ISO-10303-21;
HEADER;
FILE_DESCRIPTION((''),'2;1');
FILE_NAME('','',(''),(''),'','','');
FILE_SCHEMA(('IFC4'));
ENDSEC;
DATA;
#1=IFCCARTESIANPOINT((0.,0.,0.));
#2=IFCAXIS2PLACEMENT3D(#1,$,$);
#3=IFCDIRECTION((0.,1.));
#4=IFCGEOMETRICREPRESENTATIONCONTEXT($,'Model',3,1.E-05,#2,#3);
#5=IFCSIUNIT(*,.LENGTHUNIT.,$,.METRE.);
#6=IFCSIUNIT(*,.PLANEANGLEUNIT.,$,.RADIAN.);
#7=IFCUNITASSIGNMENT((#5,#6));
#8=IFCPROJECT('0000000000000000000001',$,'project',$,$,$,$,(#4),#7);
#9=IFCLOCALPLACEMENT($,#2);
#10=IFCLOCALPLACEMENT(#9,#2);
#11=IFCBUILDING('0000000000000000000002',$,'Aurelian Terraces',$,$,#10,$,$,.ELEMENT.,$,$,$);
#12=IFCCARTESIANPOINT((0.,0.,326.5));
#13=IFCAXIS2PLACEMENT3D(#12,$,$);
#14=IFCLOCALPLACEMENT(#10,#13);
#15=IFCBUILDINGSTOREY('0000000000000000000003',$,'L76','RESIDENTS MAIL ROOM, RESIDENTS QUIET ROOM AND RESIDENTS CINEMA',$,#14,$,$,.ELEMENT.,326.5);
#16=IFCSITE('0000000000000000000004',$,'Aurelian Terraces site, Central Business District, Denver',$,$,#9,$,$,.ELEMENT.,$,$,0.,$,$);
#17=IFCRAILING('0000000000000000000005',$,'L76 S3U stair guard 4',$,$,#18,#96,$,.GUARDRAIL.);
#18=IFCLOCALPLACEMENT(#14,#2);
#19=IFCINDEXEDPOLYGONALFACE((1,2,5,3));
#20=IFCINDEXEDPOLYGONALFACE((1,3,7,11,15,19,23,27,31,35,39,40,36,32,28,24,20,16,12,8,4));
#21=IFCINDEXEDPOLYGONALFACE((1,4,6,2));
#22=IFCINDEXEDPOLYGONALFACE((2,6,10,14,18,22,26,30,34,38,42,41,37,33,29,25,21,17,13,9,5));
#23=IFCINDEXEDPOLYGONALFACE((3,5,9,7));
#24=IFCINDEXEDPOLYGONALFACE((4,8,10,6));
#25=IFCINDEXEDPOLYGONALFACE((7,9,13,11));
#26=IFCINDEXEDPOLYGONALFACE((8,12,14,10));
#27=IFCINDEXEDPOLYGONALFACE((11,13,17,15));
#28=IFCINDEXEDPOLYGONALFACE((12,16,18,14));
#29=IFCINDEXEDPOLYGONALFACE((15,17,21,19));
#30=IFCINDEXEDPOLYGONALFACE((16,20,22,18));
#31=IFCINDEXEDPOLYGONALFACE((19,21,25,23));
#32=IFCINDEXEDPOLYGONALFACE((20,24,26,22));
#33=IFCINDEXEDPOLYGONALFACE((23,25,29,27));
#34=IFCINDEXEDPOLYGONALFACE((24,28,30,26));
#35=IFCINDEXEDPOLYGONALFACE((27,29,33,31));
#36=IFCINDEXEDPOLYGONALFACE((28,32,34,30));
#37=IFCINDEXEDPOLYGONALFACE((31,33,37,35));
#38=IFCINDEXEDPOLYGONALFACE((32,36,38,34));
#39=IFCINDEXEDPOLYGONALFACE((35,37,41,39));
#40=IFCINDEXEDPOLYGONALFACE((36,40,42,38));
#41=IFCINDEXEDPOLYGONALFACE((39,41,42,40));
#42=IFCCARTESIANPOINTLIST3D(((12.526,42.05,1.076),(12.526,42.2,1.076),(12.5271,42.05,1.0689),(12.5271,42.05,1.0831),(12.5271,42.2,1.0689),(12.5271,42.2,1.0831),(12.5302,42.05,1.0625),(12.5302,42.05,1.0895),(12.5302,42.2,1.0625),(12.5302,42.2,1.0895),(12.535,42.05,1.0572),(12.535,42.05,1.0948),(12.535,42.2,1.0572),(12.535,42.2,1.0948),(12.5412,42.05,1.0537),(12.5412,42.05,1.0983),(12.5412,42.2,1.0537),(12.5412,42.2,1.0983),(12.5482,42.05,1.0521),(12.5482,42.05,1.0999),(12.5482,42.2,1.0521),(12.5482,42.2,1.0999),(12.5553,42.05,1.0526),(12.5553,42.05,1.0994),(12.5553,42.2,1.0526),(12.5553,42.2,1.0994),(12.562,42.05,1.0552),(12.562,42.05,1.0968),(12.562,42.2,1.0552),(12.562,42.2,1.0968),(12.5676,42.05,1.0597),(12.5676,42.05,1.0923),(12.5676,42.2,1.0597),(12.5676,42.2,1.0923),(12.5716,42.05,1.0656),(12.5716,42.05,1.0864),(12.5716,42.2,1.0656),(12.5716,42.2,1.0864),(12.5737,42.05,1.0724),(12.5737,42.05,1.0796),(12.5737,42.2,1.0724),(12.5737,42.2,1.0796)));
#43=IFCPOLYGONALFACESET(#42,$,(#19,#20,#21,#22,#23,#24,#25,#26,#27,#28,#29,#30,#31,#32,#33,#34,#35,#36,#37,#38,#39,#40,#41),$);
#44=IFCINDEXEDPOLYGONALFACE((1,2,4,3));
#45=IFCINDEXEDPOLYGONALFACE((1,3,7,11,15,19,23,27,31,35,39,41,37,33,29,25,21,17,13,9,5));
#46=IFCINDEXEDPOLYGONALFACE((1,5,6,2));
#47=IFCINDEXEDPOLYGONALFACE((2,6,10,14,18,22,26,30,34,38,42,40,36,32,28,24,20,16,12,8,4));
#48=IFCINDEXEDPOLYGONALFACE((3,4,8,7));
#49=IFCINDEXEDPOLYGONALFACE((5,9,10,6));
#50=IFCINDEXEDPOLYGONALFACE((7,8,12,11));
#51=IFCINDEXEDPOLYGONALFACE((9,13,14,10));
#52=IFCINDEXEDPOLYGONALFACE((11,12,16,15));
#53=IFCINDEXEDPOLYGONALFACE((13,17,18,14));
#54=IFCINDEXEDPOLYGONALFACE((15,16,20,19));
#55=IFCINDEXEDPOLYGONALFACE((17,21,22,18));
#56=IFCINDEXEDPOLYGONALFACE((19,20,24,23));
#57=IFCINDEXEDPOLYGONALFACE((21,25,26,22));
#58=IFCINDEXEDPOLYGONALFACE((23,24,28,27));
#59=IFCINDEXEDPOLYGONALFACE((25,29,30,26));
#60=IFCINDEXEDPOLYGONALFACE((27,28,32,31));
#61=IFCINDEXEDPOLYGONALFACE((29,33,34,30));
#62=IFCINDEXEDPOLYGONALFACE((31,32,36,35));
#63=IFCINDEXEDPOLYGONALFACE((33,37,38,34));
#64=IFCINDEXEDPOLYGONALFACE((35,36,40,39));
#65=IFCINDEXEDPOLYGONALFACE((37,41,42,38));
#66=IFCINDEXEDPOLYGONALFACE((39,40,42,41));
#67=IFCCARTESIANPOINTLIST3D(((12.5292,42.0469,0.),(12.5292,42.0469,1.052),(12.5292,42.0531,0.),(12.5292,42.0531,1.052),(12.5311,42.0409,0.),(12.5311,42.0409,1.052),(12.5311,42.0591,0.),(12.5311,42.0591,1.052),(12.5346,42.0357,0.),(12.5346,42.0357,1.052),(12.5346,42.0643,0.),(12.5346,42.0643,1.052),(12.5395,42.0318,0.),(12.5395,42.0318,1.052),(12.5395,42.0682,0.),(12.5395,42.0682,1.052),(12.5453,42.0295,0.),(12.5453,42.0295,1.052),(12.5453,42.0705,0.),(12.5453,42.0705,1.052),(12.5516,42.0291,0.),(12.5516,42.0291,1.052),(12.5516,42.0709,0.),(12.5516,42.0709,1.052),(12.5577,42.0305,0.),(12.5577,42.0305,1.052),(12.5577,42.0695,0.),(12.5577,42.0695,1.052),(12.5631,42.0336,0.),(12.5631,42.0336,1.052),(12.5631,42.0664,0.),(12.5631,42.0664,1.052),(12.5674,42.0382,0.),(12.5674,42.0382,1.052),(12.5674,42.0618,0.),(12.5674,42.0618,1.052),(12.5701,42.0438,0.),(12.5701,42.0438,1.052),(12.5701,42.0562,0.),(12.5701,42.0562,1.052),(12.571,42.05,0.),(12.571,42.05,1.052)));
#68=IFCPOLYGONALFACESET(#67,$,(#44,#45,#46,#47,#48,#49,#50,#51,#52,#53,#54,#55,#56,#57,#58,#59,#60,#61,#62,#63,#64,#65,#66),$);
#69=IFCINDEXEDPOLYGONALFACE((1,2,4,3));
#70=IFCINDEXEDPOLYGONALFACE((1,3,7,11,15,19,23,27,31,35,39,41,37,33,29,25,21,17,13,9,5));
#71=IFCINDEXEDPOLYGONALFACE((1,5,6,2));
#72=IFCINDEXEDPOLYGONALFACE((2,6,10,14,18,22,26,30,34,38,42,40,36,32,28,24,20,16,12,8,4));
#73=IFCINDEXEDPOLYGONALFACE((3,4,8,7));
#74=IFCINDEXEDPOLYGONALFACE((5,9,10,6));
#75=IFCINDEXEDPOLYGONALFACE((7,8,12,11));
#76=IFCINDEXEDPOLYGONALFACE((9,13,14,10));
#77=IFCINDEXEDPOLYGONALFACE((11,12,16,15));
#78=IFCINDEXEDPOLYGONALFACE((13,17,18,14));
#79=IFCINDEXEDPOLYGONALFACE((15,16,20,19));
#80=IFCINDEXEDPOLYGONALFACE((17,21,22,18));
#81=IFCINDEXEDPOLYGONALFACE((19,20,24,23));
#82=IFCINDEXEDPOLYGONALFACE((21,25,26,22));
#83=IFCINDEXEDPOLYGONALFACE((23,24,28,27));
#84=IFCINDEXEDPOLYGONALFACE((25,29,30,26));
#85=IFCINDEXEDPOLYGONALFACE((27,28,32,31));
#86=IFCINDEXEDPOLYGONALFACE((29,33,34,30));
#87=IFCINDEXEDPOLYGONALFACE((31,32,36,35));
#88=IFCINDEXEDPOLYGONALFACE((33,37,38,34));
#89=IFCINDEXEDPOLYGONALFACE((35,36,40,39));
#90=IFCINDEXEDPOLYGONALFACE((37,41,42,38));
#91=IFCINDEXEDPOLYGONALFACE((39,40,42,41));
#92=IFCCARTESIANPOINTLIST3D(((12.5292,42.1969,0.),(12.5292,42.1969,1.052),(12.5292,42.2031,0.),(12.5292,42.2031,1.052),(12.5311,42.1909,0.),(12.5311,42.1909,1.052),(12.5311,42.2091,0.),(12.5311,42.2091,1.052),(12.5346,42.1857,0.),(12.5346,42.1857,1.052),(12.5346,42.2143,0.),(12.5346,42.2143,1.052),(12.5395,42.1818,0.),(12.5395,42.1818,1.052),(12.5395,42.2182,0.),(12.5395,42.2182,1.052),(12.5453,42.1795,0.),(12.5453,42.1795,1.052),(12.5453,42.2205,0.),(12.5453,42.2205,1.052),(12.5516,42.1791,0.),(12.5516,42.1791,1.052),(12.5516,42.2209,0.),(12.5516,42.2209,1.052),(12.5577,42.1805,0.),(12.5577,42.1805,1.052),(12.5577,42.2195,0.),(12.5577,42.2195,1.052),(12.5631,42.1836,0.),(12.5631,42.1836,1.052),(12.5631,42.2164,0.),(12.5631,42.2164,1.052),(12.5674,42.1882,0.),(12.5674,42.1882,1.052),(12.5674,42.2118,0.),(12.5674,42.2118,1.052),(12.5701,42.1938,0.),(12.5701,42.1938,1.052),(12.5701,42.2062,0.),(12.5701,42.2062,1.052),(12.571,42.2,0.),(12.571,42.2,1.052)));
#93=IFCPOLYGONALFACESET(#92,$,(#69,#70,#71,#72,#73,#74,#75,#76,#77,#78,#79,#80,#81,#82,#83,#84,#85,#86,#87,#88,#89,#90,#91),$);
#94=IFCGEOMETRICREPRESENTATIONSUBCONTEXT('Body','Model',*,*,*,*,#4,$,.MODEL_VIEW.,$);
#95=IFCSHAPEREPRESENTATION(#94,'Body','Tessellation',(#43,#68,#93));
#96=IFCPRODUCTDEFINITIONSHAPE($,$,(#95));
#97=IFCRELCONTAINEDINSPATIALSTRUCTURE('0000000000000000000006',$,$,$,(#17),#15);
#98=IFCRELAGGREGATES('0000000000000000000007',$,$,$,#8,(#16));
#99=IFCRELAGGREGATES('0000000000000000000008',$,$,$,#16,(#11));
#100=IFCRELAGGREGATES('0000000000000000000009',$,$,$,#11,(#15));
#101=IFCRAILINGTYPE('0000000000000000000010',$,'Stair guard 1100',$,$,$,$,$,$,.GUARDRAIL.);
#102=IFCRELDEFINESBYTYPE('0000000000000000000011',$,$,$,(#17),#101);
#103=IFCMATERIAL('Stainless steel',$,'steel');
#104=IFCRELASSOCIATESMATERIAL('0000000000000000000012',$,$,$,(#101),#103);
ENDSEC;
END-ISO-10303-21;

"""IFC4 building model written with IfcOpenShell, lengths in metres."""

from ifc_helpers import new_model, si_unit, direction, frame, origin, origin_2d, place, context, subcontext, project, spatial, circle, extrude, source, transform, mapped, material, type_object, element, save


model = new_model("IFC4")

# Units and contexts
model_context = context("Model", 3, precision=1e-05, world=origin(), true_north=direction((0.0, 1.0)))
body_context = subcontext(model_context, "Body", "Model", "MODEL_VIEW")
ifc_project = project(units=[si_unit("LENGTHUNIT", "METRE"), si_unit("PLANEANGLEUNIT", "RADIAN")], contexts=[model_context])

# Site, building, storey
site_placement = place(None, origin())
site = spatial("IfcSite", under=ifc_project, at=site_placement, Name="Aurelian Terraces site, Central Business District, Denver", CompositionType="ELEMENT", RefElevation=0.0)
building_placement = place(site_placement, origin())
building = spatial("IfcBuilding", under=site, at=building_placement, Name="Aurelian Terraces", CompositionType="ELEMENT")
storey_placement = place(building_placement, frame((0.0, 0.0, 326.5)))
storey = spatial("IfcBuildingStorey", under=building, at=storey_placement, Name="L76", Description="RESIDENTS MAIL ROOM, RESIDENTS QUIET ROOM AND RESIDENTS CINEMA", CompositionType="ELEMENT", Elevation=326.5)

# Railing
ifc_material_1 = material(Name="Stainless steel", Category="steel")
railing_type_1 = type_object("IfcRailingType", Name="Stair guard 1100", PredefinedType="GUARDRAIL", material=ifc_material_1)
shared_shape_1 = source(origin(), body_context, "Body", "SweptSolid", [
    extrude(circle(Radius=0.024, at=origin_2d()), frame((0.0, 0.0, 1.076), z_axis=(0.0, 1.0, 0.0), x_axis=(-1.0, 0.0, 0.0)), (0.0, 0.0, 1.0), 0.15),
    extrude(circle(Radius=0.021, at=origin_2d()), origin(), (0.0, 0.0, 1.0), 1.052),
    extrude(circle(Radius=0.021, at=origin_2d()), frame((0.0, 0.15, 0.0)), (0.0, 0.0, 1.0), 1.052),
])
railing_1_placement = place(storey_placement, frame((12.55, 42.05, 0.0)))
element("IfcRailing", 1, at=railing_1_placement, inside=storey, type_object=railing_type_1, Name="L76 S3U stair guard 4", PredefinedType="GUARDRAIL", context=body_context, shape_type="MappedRepresentation", body=[
    mapped(shared_shape_1, transform((0.0, 0.0, 0.0), scale=1.0)),
])

save(model, "model.ifc")
